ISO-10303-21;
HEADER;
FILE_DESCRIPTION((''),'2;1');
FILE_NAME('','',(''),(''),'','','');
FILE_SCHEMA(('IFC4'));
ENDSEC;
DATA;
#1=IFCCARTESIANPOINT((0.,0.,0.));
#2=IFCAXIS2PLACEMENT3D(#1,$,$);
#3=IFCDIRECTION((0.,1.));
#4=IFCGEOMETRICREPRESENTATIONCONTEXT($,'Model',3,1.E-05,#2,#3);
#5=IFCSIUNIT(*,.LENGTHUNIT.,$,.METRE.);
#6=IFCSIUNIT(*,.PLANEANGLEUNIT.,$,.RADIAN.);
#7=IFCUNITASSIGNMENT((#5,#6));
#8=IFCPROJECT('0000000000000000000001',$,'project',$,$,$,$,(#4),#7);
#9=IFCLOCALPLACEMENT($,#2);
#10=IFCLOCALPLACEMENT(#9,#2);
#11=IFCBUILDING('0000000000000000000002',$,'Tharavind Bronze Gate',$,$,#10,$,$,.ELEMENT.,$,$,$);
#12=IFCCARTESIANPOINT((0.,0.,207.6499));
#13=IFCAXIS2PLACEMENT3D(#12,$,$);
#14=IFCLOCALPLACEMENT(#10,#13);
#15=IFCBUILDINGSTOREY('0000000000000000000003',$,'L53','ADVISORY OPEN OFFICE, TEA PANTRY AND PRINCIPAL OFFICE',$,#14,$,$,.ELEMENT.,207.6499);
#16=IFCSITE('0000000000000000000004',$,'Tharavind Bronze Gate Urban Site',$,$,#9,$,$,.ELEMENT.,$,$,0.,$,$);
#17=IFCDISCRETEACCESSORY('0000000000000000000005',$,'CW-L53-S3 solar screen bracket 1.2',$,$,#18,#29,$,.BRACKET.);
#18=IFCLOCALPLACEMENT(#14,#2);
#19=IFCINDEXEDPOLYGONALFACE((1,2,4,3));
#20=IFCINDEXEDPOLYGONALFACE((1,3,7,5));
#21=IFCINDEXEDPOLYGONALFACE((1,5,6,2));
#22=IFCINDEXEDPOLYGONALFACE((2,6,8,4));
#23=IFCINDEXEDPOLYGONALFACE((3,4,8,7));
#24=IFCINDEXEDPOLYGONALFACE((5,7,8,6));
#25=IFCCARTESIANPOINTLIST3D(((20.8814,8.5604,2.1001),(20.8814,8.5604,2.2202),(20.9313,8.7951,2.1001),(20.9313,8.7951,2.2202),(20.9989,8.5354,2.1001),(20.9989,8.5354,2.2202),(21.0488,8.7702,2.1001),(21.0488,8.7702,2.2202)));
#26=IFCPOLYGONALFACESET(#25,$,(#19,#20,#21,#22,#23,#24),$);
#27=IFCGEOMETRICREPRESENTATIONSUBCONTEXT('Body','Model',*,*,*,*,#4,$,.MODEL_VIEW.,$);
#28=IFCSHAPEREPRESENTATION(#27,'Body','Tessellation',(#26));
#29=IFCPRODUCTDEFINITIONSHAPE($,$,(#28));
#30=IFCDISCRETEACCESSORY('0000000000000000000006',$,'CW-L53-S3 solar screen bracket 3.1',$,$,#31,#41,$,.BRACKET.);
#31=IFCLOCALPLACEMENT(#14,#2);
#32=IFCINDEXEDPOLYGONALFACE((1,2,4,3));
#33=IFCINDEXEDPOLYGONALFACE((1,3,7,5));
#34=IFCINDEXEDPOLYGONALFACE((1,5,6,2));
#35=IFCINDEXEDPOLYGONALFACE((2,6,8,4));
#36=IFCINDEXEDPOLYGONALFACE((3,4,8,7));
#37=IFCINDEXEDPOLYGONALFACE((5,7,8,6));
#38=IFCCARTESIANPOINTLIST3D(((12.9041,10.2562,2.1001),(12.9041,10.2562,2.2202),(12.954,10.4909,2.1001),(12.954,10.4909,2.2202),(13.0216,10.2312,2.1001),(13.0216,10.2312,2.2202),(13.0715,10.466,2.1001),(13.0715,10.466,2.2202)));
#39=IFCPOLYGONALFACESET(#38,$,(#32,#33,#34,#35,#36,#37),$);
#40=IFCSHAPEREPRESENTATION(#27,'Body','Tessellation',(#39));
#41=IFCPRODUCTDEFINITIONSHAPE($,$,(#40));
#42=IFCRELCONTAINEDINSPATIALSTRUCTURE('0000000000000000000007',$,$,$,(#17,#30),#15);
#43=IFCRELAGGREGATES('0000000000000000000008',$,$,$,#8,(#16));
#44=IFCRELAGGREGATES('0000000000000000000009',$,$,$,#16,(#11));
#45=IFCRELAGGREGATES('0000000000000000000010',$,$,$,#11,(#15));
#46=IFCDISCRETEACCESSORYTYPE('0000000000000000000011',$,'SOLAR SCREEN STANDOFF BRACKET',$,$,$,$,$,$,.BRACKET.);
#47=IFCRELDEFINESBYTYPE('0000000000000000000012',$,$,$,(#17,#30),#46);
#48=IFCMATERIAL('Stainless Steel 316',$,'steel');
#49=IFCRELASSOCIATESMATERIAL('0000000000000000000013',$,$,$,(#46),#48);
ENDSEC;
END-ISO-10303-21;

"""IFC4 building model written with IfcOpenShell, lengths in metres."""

from ifc_helpers import new_model, si_unit, direction, frame, origin, origin_2d, place, context, subcontext, project, spatial, rectangle, extrude, material, type_object, element, save


model = new_model("IFC4")

# Units and contexts
model_context = context("Model", 3, precision=1e-05, world=origin(), true_north=direction((0.0, 1.0)))
body_context = subcontext(model_context, "Body", "Model", "MODEL_VIEW")
ifc_project = project(units=[si_unit("LENGTHUNIT", "METRE"), si_unit("PLANEANGLEUNIT", "RADIAN")], contexts=[model_context])

# Site, building, storey
site_placement = place(None, origin())
site = spatial("IfcSite", under=ifc_project, at=site_placement, Name="Tharavind Bronze Gate Urban Site", CompositionType="ELEMENT", RefElevation=0.0)
building_placement = place(site_placement, origin())
building = spatial("IfcBuilding", under=site, at=building_placement, Name="Tharavind Bronze Gate", CompositionType="ELEMENT")
storey_placement = place(building_placement, frame((0.0, 0.0, 207.6499)))
storey = spatial("IfcBuildingStorey", under=building, at=storey_placement, Name="L53", Description="ADVISORY OPEN OFFICE, TEA PANTRY AND PRINCIPAL OFFICE", CompositionType="ELEMENT", Elevation=207.6499)

# Discrete accessories
ifc_material_1 = material(Name="Stainless Steel 316", Category="steel")
discrete_accessory_type = type_object("IfcDiscreteAccessoryType", Name="SOLAR SCREEN STANDOFF BRACKET", PredefinedType="BRACKET", material=ifc_material_1)
for number, where, z_axis, x_axis, name in (
    (1, (20.9651, 8.6653, 2.1001), (0.0, 0.0, 1.0), (-0.978148, 0.207912, 0.0), "CW-L53-S3 solar screen bracket 1.2"),
    (2, (12.9878, 10.3611, 2.1001), (0.0, 0.0, 1.0), (-0.978148, 0.207912, 0.0), "CW-L53-S3 solar screen bracket 3.1"),
):
    element("IfcDiscreteAccessory", number, at=place(storey_placement, frame(where, z_axis=z_axis, x_axis=x_axis)), inside=storey, type_object=discrete_accessory_type, Name=name, PredefinedType="BRACKET", context=body_context, shape_type="SweptSolid", body=[
        extrude(rectangle(XDim=0.1201, YDim=0.24, at=origin_2d()), origin(), (0.0, 0.0, 1.0), 0.1201),
    ])

save(model, "model.ifc")
